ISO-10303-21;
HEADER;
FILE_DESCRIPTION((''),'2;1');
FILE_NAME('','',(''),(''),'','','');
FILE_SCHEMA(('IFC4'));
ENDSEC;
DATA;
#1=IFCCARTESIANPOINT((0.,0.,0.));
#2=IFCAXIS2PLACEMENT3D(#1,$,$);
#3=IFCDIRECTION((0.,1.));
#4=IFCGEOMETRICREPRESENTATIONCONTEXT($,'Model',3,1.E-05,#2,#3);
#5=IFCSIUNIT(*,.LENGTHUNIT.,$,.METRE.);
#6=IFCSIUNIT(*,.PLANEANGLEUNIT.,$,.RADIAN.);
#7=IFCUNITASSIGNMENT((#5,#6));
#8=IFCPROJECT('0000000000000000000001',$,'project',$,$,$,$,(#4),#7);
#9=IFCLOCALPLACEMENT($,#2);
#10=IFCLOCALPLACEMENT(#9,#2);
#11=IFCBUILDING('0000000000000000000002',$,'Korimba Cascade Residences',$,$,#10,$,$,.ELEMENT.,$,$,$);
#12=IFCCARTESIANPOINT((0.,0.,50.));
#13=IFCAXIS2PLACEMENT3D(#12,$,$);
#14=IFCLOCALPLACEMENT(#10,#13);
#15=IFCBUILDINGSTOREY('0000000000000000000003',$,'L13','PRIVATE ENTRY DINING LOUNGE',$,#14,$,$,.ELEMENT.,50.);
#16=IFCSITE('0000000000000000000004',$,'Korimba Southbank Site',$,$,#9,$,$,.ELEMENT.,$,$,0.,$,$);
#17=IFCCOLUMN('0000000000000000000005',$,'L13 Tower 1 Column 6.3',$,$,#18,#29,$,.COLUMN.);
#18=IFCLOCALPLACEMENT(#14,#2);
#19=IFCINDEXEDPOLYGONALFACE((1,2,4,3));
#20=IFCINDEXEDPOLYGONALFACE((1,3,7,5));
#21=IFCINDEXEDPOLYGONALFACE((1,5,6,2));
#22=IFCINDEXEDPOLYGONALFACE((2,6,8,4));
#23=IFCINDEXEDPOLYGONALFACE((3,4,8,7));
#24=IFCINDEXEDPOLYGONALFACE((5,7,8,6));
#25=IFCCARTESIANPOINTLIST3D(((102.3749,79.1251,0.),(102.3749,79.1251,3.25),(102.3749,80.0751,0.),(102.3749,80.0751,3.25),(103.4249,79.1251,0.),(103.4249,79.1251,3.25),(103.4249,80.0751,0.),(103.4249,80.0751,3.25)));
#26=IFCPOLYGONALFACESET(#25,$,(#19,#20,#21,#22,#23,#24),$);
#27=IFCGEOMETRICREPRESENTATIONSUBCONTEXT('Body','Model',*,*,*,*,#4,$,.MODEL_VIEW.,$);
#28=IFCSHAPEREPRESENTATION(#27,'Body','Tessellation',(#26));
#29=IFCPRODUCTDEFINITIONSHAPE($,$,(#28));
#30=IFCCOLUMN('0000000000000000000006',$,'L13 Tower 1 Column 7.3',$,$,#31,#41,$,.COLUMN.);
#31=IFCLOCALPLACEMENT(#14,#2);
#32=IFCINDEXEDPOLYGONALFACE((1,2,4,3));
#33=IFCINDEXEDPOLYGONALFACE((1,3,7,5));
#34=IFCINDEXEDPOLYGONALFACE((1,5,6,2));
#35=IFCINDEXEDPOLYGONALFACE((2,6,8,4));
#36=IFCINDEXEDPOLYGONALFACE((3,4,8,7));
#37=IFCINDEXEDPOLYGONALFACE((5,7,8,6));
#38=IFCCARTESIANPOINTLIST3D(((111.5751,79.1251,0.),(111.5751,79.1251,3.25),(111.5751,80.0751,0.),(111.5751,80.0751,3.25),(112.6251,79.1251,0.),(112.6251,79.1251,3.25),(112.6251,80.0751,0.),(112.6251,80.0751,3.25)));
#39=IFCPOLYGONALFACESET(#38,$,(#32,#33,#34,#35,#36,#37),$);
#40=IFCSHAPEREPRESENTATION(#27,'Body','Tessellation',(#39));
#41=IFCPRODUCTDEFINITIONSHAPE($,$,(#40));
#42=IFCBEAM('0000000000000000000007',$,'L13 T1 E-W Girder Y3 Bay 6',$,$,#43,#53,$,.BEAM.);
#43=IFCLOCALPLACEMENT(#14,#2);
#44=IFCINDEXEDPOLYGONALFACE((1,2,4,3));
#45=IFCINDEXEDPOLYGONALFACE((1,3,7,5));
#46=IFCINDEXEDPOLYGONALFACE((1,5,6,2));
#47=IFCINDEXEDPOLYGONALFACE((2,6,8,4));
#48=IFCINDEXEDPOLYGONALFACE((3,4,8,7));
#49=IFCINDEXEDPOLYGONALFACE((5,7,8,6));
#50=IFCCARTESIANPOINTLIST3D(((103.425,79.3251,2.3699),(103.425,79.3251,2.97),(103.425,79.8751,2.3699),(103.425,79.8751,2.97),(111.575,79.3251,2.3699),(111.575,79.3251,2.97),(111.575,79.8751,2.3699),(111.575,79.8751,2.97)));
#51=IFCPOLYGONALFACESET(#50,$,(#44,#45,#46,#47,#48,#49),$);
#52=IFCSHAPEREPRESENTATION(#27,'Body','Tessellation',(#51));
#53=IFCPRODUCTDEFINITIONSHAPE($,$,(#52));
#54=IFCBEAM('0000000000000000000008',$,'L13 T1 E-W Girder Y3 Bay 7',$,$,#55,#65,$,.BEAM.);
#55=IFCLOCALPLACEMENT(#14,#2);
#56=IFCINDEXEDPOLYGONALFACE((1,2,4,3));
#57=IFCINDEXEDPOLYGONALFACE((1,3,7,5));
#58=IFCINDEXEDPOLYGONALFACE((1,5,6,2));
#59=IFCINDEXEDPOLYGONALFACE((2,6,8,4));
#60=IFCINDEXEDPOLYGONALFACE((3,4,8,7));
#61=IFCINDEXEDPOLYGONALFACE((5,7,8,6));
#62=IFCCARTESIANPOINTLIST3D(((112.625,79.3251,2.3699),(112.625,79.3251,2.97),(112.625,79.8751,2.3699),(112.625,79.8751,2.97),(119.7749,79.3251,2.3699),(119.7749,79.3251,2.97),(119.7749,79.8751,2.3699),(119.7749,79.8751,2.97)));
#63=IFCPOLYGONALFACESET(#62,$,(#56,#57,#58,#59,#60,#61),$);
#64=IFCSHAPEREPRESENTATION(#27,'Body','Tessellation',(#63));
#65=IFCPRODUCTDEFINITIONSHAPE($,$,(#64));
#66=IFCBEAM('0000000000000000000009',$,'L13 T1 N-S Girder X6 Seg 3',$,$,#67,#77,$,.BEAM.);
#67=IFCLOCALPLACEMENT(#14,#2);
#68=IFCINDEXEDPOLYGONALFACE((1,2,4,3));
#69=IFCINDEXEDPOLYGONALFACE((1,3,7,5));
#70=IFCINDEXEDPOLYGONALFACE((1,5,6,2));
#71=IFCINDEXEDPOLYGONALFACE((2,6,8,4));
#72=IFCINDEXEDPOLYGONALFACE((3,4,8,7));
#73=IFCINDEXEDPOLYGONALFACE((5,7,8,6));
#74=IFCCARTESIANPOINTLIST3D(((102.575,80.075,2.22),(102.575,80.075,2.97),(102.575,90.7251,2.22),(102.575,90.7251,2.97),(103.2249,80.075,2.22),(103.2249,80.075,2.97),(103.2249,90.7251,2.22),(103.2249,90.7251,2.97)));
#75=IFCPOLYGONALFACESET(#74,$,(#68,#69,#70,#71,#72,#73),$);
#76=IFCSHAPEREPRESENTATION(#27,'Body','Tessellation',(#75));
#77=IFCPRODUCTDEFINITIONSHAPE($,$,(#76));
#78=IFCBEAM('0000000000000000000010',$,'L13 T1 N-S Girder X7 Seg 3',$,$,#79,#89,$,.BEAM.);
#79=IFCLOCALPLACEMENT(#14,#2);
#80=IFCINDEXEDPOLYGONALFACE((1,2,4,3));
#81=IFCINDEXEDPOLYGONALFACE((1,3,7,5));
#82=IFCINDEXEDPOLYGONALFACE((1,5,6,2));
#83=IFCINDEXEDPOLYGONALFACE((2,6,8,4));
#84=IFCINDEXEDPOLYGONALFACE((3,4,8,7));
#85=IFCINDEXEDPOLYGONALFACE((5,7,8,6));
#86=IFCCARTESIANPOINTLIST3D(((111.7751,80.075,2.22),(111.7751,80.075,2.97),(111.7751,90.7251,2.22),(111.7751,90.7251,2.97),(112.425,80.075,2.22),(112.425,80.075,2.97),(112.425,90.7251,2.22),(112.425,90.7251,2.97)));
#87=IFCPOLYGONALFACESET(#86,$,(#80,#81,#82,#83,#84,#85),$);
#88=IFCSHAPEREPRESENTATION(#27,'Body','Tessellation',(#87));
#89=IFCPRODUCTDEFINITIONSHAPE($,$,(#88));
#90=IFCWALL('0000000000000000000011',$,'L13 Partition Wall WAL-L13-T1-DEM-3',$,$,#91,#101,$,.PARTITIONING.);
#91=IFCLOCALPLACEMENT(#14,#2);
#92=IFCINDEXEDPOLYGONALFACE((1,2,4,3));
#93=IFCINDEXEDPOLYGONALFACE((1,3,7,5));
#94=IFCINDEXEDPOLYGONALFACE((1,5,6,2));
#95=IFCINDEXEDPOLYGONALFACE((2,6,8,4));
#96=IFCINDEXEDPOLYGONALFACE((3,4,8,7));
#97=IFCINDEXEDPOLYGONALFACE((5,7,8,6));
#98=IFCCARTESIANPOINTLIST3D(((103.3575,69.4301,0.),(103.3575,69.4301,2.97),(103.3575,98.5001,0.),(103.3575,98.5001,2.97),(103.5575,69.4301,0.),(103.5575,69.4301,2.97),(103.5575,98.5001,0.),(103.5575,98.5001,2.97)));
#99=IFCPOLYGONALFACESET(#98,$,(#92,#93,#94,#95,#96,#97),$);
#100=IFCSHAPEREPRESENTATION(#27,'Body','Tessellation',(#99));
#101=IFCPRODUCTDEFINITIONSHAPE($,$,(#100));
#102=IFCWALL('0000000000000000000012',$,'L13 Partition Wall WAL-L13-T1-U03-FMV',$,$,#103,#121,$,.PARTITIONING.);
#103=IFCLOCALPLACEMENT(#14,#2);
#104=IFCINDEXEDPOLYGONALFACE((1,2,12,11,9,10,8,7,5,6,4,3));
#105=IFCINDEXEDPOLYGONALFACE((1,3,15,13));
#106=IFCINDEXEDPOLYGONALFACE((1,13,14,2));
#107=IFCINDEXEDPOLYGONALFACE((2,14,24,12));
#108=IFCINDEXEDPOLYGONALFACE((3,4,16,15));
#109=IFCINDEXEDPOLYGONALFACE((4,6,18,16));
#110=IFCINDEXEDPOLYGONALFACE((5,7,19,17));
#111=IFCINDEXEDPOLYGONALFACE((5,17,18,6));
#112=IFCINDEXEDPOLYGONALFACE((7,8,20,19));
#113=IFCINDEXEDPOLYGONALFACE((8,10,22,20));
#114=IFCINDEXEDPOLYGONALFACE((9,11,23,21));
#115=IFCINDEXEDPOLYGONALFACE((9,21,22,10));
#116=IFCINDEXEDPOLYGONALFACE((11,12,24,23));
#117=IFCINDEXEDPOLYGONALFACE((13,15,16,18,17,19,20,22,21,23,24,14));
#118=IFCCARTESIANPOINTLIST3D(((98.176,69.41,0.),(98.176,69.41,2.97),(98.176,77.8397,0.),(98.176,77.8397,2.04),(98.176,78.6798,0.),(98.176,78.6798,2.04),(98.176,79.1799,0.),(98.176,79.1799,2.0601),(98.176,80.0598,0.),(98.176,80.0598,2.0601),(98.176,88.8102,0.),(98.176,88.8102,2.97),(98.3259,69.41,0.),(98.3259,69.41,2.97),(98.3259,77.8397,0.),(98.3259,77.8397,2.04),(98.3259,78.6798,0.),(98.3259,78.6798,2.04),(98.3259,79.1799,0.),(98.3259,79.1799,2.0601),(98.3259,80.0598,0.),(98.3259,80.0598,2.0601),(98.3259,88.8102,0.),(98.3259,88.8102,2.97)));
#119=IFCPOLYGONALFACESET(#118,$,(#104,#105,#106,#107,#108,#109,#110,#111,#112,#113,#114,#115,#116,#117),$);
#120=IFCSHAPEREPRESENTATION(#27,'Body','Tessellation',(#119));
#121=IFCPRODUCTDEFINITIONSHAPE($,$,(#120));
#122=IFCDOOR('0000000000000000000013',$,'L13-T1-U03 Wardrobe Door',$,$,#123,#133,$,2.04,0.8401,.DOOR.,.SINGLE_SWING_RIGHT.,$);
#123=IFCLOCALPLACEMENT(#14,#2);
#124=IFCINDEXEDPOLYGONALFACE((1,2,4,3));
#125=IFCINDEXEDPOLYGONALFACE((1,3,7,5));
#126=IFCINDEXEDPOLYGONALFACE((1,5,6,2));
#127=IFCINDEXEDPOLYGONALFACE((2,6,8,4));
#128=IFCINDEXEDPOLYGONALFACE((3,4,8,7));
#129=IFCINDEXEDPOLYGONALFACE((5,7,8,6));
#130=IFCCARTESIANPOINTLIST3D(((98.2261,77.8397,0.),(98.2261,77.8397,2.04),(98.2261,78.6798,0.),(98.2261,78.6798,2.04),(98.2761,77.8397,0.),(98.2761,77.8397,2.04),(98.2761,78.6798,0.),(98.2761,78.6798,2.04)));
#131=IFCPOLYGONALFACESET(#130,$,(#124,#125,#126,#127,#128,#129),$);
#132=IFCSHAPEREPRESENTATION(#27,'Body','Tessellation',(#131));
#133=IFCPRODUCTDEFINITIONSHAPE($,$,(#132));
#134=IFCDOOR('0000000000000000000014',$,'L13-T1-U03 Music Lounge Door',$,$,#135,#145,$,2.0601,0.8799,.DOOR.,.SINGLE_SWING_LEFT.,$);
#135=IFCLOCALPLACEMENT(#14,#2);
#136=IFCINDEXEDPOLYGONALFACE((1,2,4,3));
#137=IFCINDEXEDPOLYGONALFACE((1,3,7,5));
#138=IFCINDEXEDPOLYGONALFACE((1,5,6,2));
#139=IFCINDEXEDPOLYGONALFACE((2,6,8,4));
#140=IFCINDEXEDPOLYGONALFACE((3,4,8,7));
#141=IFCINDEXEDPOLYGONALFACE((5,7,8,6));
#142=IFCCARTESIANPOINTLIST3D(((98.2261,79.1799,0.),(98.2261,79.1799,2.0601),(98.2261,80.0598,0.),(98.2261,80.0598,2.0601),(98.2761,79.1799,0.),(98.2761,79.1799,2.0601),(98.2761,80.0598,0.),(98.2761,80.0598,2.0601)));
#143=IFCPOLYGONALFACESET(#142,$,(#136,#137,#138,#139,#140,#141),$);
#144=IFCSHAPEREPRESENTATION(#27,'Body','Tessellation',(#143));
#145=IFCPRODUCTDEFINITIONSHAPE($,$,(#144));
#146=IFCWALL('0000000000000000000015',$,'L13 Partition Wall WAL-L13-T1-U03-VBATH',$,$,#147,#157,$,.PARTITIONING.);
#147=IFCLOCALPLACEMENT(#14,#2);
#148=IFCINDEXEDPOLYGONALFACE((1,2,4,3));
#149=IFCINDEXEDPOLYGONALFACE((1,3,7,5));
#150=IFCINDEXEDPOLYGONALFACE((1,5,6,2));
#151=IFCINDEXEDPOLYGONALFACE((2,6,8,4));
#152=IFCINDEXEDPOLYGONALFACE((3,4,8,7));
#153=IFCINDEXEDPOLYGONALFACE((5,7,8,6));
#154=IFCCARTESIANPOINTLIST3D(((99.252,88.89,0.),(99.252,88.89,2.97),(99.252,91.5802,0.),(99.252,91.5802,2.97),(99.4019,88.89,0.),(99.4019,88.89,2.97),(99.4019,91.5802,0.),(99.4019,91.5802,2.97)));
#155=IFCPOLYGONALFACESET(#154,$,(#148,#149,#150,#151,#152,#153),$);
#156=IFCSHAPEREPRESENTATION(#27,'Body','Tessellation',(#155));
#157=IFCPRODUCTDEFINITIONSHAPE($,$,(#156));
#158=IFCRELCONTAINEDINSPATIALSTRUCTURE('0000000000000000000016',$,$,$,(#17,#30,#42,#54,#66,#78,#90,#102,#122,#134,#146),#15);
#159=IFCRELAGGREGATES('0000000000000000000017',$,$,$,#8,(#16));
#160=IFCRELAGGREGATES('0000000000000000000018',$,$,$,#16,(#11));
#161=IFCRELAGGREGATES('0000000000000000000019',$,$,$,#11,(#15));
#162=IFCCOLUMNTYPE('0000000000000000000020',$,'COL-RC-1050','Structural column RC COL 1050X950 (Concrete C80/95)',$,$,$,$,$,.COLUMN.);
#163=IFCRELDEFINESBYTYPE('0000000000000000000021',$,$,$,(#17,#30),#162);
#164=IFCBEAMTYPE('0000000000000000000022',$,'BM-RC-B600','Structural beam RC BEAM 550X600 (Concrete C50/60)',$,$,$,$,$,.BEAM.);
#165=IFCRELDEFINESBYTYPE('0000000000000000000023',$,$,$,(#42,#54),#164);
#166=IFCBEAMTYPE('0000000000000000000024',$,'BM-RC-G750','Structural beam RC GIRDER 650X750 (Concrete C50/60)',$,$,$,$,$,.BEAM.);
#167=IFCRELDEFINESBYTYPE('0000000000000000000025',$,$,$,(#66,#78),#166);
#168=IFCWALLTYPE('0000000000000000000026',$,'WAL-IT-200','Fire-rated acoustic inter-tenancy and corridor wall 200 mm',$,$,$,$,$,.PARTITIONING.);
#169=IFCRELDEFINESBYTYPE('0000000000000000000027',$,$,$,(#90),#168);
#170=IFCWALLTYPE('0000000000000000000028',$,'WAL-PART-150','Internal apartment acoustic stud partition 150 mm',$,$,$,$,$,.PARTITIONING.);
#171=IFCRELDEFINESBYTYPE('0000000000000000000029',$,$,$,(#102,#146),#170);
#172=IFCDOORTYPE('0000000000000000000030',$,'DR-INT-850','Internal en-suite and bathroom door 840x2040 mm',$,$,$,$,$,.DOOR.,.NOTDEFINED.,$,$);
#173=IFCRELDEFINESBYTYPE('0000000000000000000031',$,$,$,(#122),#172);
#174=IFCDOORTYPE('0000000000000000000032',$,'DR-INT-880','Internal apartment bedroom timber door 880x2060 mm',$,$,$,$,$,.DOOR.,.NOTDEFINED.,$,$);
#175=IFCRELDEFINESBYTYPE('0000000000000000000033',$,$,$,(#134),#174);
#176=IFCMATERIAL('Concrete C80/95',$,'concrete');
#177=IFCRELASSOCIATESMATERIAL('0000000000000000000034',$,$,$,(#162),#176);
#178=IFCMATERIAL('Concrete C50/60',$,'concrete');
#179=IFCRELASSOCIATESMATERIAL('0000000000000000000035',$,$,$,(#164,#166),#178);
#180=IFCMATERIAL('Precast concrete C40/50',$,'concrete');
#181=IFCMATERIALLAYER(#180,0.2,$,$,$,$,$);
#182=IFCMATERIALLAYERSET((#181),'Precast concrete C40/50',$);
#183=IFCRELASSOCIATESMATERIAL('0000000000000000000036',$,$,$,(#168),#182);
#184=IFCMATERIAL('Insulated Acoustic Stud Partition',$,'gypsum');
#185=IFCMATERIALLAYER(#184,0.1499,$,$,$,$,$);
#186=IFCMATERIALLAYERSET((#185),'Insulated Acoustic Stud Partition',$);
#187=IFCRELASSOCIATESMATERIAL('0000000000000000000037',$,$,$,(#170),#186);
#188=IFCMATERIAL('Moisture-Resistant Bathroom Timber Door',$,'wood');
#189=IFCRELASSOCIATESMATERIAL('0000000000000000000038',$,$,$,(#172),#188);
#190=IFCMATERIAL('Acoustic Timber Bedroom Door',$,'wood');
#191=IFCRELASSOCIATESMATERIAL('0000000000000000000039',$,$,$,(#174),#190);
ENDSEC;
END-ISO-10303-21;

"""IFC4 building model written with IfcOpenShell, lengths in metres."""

from ifc_helpers import new_model, si_unit, direction, frame, frame_2d, origin, origin_2d, place, context, subcontext, project, spatial, rectangle, extrude, material, layer, layer_set, material_profile, profile_set, type_object, element, fill, save


model = new_model("IFC4")

# Units and contexts
model_context = context("Model", 3, precision=1e-05, world=origin(), true_north=direction((0.0, 1.0)))
body_context = subcontext(model_context, "Body", "Model", "MODEL_VIEW")
ifc_project = project(units=[si_unit("LENGTHUNIT", "METRE"), si_unit("PLANEANGLEUNIT", "RADIAN")], contexts=[model_context])

# Site, building, storey
site_placement = place(None, origin())
site = spatial("IfcSite", under=ifc_project, at=site_placement, Name="Korimba Southbank Site", CompositionType="ELEMENT", RefElevation=0.0)
building_placement = place(site_placement, origin())
building = spatial("IfcBuilding", under=site, at=building_placement, Name="Korimba Cascade Residences", CompositionType="ELEMENT")
storey_placement = place(building_placement, frame((0.0, 0.0, 50.0)))
storey = spatial("IfcBuildingStorey", under=building, at=storey_placement, Name="L13", Description="PRIVATE ENTRY DINING LOUNGE", CompositionType="ELEMENT", Elevation=50.0)

# Columns
ifc_material_1 = material(Name="Concrete C80/95", Category="concrete")
ifc_material_profile_1 = material_profile(ifc_material_1, rectangle(XDim=1.05, YDim=0.95, at=origin_2d()), Name="Concrete C80/95")
ifc_profile_set_1 = profile_set([ifc_material_profile_1], Name="Concrete C80/95")
column_type = type_object("IfcColumnType", Name="COL-RC-1050", Description="Structural column RC COL 1050X950 (Concrete C80/95)", PredefinedType="COLUMN", material=ifc_profile_set_1)
for number, where, z_axis, x_axis, name in (
    (1, (102.8999, 79.6001, 0.0), (0.0, 0.0, 1.0), (1.0, 0.0, 0.0), "L13 Tower 1 Column 6.3"),
    (2, (112.1001, 79.6001, 0.0), (0.0, 0.0, 1.0), (1.0, 0.0, 0.0), "L13 Tower 1 Column 7.3"),
):
    element("IfcColumn", number, at=place(storey_placement, frame(where, z_axis=z_axis, x_axis=x_axis)), inside=storey, type_object=column_type, Name=name, PredefinedType="COLUMN", context=body_context, shape_type="SweptSolid", body=[
        extrude(rectangle(XDim=1.05, YDim=0.95, at=origin_2d()), origin(), (0.0, 0.0, 1.0), 3.25),
    ])

# Beams
ifc_material_2 = material(Name="Concrete C50/60", Category="concrete")
ifc_material_profile_2 = material_profile(ifc_material_2, rectangle(XDim=0.55, YDim=0.6001, at=origin_2d()), Name="Concrete C50/60")
ifc_profile_set_2 = profile_set([ifc_material_profile_2], Name="Concrete C50/60")
beam_type_1 = type_object("IfcBeamType", Name="BM-RC-B600", Description="Structural beam RC BEAM 550X600 (Concrete C50/60)", PredefinedType="BEAM", material=ifc_profile_set_2)
beam_1_placement = place(storey_placement, frame((103.425, 79.6001, 2.6699), z_axis=(1.0, 0.0, 0.0), x_axis=(0.0, 1.0, 0.0)))
element("IfcBeam", 3, at=beam_1_placement, inside=storey, type_object=beam_type_1, Name="L13 T1 E-W Girder Y3 Bay 6", PredefinedType="BEAM", context=body_context, shape_type="SweptSolid", body=[
    extrude(rectangle(XDim=0.55, YDim=0.6001, at=origin_2d()), origin(), (0.0, 0.0, 1.0), 8.1499),
])
beam_2_placement = place(storey_placement, frame((112.625, 79.6001, 2.6699), z_axis=(1.0, 0.0, 0.0), x_axis=(0.0, 1.0, 0.0)))
element("IfcBeam", 4, at=beam_2_placement, inside=storey, type_object=beam_type_1, Name="L13 T1 E-W Girder Y3 Bay 7", PredefinedType="BEAM", context=body_context, shape_type="SweptSolid", body=[
    extrude(rectangle(XDim=0.55, YDim=0.6001, at=origin_2d()), origin(), (0.0, 0.0, 1.0), 7.1499),
])
ifc_material_profile_3 = material_profile(ifc_material_2, rectangle(XDim=0.6499, YDim=0.75, at=origin_2d()), Name="Concrete C50/60")
ifc_profile_set_3 = profile_set([ifc_material_profile_3], Name="Concrete C50/60")
beam_type_2 = type_object("IfcBeamType", Name="BM-RC-G750", Description="Structural beam RC GIRDER 650X750 (Concrete C50/60)", PredefinedType="BEAM", material=ifc_profile_set_3)
for number, where, z_axis, x_axis, name in (
    (5, (102.8999, 80.075, 2.595), (0.0, 1.0, 0.0), (-1.0, 0.0, 0.0), "L13 T1 N-S Girder X6 Seg 3"),
    (6, (112.1001, 80.075, 2.595), (0.0, 1.0, 0.0), (-1.0, 0.0, 0.0), "L13 T1 N-S Girder X7 Seg 3"),
):
    element("IfcBeam", number, at=place(storey_placement, frame(where, z_axis=z_axis, x_axis=x_axis)), inside=storey, type_object=beam_type_2, Name=name, PredefinedType="BEAM", context=body_context, shape_type="SweptSolid", body=[
        extrude(rectangle(XDim=0.6499, YDim=0.75, at=origin_2d()), origin(), (0.0, 0.0, 1.0), 10.6501),
    ])

# Wall
ifc_material_3 = material(Name="Precast concrete C40/50", Category="concrete")
ifc_layer_1 = layer(ifc_material_3, 0.2)
ifc_layer_set_1 = layer_set([ifc_layer_1], Name="Precast concrete C40/50")
wall_type_1 = type_object("IfcWallType", Name="WAL-IT-200", Description="Fire-rated acoustic inter-tenancy and corridor wall 200 mm", PredefinedType="PARTITIONING", material=ifc_layer_set_1)
wall_1_placement = place(storey_placement, frame((103.4575, 69.4299, 0.0), z_axis=(0.0, 0.0, 1.0), x_axis=(0.0, 1.0, 0.0)))
element("IfcWall", 7, at=wall_1_placement, inside=storey, type_object=wall_type_1, Name="L13 Partition Wall WAL-L13-T1-DEM-3", PredefinedType="PARTITIONING", context=body_context, shape_type="SweptSolid", body=[
    extrude(rectangle(XDim=29.0701, YDim=0.2, at=frame_2d((14.5352, 0.0))), origin(), (0.0, 0.0, 1.0), 2.97),
])

# Wall, openings, doors
ifc_material_4 = material(Name="Insulated Acoustic Stud Partition", Category="gypsum")
ifc_layer_2 = layer(ifc_material_4, 0.1499)
ifc_layer_set_2 = layer_set([ifc_layer_2], Name="Insulated Acoustic Stud Partition")
wall_type_2 = type_object("IfcWallType", Name="WAL-PART-150", Description="Internal apartment acoustic stud partition 150 mm", PredefinedType="PARTITIONING", material=ifc_layer_set_2)
wall_2_placement = place(storey_placement, frame((98.251, 69.4099, 0.0), z_axis=(0.0, 0.0, 1.0), x_axis=(0.0, 1.0, 0.0)))
wall_2 = element("IfcWall", 8, at=wall_2_placement, inside=storey, type_object=wall_type_2, Name="L13 Partition Wall WAL-L13-T1-U03-FMV", PredefinedType="PARTITIONING", context=body_context, shape_type="SweptSolid", body=[
    extrude(rectangle(XDim=19.4001, YDim=0.1499, at=frame_2d((9.7002, 0.0))), origin(), (0.0, 0.0, 1.0), 2.97),
])
opening_1_placement = place(wall_2_placement, frame((8.4299, 0.0, 0.0)))
opening_1 = element("IfcOpeningElement", 9, at=opening_1_placement, cuts=wall_2, PredefinedType="OPENING", context=body_context, shape_type="SweptSolid", body=[
    extrude(rectangle(XDim=0.8401, YDim=2.04, at=frame_2d((0.4199, 1.02))), frame((0.0, 0.085, 0.0), z_axis=(0.0, -1.0, 0.0), x_axis=(1.0, 0.0, 0.0)), (0.0, 0.0, 1.0), 0.1699),
])
opening_2_placement = place(wall_2_placement, frame((9.77, 0.0, 0.0)))
opening_2 = element("IfcOpeningElement", 10, at=opening_2_placement, cuts=wall_2, PredefinedType="OPENING", context=body_context, shape_type="SweptSolid", body=[
    extrude(rectangle(XDim=0.8799, YDim=2.0601, at=frame_2d((0.4399, 1.03))), frame((0.0, 0.085, 0.0), z_axis=(0.0, -1.0, 0.0), x_axis=(1.0, 0.0, 0.0)), (0.0, 0.0, 1.0), 0.1699),
])
ifc_material_5 = material(Name="Moisture-Resistant Bathroom Timber Door", Category="wood")
door_type_1 = type_object("IfcDoorType", Name="DR-INT-850", Description="Internal en-suite and bathroom door 840x2040 mm", OperationType="NOTDEFINED", PredefinedType="DOOR", material=ifc_material_5)
door_1_placement = place(opening_1_placement, origin())
door_1 = element("IfcDoor", 11, at=door_1_placement, inside=storey, type_object=door_type_1, Name="L13-T1-U03 Wardrobe Door", OperationType="SINGLE_SWING_RIGHT", OverallHeight=2.04, OverallWidth=0.8401, PredefinedType="DOOR", context=body_context, shape_type="SweptSolid", body=[
    extrude(rectangle(XDim=0.8401, YDim=2.04, at=frame_2d((0.4199, 1.02))), frame((0.0, 0.0249, 0.0), z_axis=(0.0, -1.0, 0.0), x_axis=(1.0, 0.0, 0.0)), (0.0, 0.0, 1.0), 0.05),
])
fill(opening_1, door_1)
ifc_material_6 = material(Name="Acoustic Timber Bedroom Door", Category="wood")
door_type_2 = type_object("IfcDoorType", Name="DR-INT-880", Description="Internal apartment bedroom timber door 880x2060 mm", OperationType="NOTDEFINED", PredefinedType="DOOR", material=ifc_material_6)
door_2_placement = place(opening_2_placement, origin())
door_2 = element("IfcDoor", 12, at=door_2_placement, inside=storey, type_object=door_type_2, Name="L13-T1-U03 Music Lounge Door", OperationType="SINGLE_SWING_LEFT", OverallHeight=2.0601, OverallWidth=0.8799, PredefinedType="DOOR", context=body_context, shape_type="SweptSolid", body=[
    extrude(rectangle(XDim=0.8799, YDim=2.0601, at=frame_2d((0.4399, 1.03))), frame((0.0, 0.0249, 0.0), z_axis=(0.0, -1.0, 0.0), x_axis=(1.0, 0.0, 0.0)), (0.0, 0.0, 1.0), 0.05),
])
fill(opening_2, door_2)

# Wall
wall_3_placement = place(storey_placement, frame((99.3269, 88.8899, 0.0), z_axis=(0.0, 0.0, 1.0), x_axis=(0.0, 1.0, 0.0)))
element("IfcWall", 13, at=wall_3_placement, inside=storey, type_object=wall_type_2, Name="L13 Partition Wall WAL-L13-T1-U03-VBATH", PredefinedType="PARTITIONING", context=body_context, shape_type="SweptSolid", body=[
    extrude(rectangle(XDim=2.6902, YDim=0.1499, at=frame_2d((1.3452, 0.0))), origin(), (0.0, 0.0, 1.0), 2.97),
])

save(model, "model.ifc")
